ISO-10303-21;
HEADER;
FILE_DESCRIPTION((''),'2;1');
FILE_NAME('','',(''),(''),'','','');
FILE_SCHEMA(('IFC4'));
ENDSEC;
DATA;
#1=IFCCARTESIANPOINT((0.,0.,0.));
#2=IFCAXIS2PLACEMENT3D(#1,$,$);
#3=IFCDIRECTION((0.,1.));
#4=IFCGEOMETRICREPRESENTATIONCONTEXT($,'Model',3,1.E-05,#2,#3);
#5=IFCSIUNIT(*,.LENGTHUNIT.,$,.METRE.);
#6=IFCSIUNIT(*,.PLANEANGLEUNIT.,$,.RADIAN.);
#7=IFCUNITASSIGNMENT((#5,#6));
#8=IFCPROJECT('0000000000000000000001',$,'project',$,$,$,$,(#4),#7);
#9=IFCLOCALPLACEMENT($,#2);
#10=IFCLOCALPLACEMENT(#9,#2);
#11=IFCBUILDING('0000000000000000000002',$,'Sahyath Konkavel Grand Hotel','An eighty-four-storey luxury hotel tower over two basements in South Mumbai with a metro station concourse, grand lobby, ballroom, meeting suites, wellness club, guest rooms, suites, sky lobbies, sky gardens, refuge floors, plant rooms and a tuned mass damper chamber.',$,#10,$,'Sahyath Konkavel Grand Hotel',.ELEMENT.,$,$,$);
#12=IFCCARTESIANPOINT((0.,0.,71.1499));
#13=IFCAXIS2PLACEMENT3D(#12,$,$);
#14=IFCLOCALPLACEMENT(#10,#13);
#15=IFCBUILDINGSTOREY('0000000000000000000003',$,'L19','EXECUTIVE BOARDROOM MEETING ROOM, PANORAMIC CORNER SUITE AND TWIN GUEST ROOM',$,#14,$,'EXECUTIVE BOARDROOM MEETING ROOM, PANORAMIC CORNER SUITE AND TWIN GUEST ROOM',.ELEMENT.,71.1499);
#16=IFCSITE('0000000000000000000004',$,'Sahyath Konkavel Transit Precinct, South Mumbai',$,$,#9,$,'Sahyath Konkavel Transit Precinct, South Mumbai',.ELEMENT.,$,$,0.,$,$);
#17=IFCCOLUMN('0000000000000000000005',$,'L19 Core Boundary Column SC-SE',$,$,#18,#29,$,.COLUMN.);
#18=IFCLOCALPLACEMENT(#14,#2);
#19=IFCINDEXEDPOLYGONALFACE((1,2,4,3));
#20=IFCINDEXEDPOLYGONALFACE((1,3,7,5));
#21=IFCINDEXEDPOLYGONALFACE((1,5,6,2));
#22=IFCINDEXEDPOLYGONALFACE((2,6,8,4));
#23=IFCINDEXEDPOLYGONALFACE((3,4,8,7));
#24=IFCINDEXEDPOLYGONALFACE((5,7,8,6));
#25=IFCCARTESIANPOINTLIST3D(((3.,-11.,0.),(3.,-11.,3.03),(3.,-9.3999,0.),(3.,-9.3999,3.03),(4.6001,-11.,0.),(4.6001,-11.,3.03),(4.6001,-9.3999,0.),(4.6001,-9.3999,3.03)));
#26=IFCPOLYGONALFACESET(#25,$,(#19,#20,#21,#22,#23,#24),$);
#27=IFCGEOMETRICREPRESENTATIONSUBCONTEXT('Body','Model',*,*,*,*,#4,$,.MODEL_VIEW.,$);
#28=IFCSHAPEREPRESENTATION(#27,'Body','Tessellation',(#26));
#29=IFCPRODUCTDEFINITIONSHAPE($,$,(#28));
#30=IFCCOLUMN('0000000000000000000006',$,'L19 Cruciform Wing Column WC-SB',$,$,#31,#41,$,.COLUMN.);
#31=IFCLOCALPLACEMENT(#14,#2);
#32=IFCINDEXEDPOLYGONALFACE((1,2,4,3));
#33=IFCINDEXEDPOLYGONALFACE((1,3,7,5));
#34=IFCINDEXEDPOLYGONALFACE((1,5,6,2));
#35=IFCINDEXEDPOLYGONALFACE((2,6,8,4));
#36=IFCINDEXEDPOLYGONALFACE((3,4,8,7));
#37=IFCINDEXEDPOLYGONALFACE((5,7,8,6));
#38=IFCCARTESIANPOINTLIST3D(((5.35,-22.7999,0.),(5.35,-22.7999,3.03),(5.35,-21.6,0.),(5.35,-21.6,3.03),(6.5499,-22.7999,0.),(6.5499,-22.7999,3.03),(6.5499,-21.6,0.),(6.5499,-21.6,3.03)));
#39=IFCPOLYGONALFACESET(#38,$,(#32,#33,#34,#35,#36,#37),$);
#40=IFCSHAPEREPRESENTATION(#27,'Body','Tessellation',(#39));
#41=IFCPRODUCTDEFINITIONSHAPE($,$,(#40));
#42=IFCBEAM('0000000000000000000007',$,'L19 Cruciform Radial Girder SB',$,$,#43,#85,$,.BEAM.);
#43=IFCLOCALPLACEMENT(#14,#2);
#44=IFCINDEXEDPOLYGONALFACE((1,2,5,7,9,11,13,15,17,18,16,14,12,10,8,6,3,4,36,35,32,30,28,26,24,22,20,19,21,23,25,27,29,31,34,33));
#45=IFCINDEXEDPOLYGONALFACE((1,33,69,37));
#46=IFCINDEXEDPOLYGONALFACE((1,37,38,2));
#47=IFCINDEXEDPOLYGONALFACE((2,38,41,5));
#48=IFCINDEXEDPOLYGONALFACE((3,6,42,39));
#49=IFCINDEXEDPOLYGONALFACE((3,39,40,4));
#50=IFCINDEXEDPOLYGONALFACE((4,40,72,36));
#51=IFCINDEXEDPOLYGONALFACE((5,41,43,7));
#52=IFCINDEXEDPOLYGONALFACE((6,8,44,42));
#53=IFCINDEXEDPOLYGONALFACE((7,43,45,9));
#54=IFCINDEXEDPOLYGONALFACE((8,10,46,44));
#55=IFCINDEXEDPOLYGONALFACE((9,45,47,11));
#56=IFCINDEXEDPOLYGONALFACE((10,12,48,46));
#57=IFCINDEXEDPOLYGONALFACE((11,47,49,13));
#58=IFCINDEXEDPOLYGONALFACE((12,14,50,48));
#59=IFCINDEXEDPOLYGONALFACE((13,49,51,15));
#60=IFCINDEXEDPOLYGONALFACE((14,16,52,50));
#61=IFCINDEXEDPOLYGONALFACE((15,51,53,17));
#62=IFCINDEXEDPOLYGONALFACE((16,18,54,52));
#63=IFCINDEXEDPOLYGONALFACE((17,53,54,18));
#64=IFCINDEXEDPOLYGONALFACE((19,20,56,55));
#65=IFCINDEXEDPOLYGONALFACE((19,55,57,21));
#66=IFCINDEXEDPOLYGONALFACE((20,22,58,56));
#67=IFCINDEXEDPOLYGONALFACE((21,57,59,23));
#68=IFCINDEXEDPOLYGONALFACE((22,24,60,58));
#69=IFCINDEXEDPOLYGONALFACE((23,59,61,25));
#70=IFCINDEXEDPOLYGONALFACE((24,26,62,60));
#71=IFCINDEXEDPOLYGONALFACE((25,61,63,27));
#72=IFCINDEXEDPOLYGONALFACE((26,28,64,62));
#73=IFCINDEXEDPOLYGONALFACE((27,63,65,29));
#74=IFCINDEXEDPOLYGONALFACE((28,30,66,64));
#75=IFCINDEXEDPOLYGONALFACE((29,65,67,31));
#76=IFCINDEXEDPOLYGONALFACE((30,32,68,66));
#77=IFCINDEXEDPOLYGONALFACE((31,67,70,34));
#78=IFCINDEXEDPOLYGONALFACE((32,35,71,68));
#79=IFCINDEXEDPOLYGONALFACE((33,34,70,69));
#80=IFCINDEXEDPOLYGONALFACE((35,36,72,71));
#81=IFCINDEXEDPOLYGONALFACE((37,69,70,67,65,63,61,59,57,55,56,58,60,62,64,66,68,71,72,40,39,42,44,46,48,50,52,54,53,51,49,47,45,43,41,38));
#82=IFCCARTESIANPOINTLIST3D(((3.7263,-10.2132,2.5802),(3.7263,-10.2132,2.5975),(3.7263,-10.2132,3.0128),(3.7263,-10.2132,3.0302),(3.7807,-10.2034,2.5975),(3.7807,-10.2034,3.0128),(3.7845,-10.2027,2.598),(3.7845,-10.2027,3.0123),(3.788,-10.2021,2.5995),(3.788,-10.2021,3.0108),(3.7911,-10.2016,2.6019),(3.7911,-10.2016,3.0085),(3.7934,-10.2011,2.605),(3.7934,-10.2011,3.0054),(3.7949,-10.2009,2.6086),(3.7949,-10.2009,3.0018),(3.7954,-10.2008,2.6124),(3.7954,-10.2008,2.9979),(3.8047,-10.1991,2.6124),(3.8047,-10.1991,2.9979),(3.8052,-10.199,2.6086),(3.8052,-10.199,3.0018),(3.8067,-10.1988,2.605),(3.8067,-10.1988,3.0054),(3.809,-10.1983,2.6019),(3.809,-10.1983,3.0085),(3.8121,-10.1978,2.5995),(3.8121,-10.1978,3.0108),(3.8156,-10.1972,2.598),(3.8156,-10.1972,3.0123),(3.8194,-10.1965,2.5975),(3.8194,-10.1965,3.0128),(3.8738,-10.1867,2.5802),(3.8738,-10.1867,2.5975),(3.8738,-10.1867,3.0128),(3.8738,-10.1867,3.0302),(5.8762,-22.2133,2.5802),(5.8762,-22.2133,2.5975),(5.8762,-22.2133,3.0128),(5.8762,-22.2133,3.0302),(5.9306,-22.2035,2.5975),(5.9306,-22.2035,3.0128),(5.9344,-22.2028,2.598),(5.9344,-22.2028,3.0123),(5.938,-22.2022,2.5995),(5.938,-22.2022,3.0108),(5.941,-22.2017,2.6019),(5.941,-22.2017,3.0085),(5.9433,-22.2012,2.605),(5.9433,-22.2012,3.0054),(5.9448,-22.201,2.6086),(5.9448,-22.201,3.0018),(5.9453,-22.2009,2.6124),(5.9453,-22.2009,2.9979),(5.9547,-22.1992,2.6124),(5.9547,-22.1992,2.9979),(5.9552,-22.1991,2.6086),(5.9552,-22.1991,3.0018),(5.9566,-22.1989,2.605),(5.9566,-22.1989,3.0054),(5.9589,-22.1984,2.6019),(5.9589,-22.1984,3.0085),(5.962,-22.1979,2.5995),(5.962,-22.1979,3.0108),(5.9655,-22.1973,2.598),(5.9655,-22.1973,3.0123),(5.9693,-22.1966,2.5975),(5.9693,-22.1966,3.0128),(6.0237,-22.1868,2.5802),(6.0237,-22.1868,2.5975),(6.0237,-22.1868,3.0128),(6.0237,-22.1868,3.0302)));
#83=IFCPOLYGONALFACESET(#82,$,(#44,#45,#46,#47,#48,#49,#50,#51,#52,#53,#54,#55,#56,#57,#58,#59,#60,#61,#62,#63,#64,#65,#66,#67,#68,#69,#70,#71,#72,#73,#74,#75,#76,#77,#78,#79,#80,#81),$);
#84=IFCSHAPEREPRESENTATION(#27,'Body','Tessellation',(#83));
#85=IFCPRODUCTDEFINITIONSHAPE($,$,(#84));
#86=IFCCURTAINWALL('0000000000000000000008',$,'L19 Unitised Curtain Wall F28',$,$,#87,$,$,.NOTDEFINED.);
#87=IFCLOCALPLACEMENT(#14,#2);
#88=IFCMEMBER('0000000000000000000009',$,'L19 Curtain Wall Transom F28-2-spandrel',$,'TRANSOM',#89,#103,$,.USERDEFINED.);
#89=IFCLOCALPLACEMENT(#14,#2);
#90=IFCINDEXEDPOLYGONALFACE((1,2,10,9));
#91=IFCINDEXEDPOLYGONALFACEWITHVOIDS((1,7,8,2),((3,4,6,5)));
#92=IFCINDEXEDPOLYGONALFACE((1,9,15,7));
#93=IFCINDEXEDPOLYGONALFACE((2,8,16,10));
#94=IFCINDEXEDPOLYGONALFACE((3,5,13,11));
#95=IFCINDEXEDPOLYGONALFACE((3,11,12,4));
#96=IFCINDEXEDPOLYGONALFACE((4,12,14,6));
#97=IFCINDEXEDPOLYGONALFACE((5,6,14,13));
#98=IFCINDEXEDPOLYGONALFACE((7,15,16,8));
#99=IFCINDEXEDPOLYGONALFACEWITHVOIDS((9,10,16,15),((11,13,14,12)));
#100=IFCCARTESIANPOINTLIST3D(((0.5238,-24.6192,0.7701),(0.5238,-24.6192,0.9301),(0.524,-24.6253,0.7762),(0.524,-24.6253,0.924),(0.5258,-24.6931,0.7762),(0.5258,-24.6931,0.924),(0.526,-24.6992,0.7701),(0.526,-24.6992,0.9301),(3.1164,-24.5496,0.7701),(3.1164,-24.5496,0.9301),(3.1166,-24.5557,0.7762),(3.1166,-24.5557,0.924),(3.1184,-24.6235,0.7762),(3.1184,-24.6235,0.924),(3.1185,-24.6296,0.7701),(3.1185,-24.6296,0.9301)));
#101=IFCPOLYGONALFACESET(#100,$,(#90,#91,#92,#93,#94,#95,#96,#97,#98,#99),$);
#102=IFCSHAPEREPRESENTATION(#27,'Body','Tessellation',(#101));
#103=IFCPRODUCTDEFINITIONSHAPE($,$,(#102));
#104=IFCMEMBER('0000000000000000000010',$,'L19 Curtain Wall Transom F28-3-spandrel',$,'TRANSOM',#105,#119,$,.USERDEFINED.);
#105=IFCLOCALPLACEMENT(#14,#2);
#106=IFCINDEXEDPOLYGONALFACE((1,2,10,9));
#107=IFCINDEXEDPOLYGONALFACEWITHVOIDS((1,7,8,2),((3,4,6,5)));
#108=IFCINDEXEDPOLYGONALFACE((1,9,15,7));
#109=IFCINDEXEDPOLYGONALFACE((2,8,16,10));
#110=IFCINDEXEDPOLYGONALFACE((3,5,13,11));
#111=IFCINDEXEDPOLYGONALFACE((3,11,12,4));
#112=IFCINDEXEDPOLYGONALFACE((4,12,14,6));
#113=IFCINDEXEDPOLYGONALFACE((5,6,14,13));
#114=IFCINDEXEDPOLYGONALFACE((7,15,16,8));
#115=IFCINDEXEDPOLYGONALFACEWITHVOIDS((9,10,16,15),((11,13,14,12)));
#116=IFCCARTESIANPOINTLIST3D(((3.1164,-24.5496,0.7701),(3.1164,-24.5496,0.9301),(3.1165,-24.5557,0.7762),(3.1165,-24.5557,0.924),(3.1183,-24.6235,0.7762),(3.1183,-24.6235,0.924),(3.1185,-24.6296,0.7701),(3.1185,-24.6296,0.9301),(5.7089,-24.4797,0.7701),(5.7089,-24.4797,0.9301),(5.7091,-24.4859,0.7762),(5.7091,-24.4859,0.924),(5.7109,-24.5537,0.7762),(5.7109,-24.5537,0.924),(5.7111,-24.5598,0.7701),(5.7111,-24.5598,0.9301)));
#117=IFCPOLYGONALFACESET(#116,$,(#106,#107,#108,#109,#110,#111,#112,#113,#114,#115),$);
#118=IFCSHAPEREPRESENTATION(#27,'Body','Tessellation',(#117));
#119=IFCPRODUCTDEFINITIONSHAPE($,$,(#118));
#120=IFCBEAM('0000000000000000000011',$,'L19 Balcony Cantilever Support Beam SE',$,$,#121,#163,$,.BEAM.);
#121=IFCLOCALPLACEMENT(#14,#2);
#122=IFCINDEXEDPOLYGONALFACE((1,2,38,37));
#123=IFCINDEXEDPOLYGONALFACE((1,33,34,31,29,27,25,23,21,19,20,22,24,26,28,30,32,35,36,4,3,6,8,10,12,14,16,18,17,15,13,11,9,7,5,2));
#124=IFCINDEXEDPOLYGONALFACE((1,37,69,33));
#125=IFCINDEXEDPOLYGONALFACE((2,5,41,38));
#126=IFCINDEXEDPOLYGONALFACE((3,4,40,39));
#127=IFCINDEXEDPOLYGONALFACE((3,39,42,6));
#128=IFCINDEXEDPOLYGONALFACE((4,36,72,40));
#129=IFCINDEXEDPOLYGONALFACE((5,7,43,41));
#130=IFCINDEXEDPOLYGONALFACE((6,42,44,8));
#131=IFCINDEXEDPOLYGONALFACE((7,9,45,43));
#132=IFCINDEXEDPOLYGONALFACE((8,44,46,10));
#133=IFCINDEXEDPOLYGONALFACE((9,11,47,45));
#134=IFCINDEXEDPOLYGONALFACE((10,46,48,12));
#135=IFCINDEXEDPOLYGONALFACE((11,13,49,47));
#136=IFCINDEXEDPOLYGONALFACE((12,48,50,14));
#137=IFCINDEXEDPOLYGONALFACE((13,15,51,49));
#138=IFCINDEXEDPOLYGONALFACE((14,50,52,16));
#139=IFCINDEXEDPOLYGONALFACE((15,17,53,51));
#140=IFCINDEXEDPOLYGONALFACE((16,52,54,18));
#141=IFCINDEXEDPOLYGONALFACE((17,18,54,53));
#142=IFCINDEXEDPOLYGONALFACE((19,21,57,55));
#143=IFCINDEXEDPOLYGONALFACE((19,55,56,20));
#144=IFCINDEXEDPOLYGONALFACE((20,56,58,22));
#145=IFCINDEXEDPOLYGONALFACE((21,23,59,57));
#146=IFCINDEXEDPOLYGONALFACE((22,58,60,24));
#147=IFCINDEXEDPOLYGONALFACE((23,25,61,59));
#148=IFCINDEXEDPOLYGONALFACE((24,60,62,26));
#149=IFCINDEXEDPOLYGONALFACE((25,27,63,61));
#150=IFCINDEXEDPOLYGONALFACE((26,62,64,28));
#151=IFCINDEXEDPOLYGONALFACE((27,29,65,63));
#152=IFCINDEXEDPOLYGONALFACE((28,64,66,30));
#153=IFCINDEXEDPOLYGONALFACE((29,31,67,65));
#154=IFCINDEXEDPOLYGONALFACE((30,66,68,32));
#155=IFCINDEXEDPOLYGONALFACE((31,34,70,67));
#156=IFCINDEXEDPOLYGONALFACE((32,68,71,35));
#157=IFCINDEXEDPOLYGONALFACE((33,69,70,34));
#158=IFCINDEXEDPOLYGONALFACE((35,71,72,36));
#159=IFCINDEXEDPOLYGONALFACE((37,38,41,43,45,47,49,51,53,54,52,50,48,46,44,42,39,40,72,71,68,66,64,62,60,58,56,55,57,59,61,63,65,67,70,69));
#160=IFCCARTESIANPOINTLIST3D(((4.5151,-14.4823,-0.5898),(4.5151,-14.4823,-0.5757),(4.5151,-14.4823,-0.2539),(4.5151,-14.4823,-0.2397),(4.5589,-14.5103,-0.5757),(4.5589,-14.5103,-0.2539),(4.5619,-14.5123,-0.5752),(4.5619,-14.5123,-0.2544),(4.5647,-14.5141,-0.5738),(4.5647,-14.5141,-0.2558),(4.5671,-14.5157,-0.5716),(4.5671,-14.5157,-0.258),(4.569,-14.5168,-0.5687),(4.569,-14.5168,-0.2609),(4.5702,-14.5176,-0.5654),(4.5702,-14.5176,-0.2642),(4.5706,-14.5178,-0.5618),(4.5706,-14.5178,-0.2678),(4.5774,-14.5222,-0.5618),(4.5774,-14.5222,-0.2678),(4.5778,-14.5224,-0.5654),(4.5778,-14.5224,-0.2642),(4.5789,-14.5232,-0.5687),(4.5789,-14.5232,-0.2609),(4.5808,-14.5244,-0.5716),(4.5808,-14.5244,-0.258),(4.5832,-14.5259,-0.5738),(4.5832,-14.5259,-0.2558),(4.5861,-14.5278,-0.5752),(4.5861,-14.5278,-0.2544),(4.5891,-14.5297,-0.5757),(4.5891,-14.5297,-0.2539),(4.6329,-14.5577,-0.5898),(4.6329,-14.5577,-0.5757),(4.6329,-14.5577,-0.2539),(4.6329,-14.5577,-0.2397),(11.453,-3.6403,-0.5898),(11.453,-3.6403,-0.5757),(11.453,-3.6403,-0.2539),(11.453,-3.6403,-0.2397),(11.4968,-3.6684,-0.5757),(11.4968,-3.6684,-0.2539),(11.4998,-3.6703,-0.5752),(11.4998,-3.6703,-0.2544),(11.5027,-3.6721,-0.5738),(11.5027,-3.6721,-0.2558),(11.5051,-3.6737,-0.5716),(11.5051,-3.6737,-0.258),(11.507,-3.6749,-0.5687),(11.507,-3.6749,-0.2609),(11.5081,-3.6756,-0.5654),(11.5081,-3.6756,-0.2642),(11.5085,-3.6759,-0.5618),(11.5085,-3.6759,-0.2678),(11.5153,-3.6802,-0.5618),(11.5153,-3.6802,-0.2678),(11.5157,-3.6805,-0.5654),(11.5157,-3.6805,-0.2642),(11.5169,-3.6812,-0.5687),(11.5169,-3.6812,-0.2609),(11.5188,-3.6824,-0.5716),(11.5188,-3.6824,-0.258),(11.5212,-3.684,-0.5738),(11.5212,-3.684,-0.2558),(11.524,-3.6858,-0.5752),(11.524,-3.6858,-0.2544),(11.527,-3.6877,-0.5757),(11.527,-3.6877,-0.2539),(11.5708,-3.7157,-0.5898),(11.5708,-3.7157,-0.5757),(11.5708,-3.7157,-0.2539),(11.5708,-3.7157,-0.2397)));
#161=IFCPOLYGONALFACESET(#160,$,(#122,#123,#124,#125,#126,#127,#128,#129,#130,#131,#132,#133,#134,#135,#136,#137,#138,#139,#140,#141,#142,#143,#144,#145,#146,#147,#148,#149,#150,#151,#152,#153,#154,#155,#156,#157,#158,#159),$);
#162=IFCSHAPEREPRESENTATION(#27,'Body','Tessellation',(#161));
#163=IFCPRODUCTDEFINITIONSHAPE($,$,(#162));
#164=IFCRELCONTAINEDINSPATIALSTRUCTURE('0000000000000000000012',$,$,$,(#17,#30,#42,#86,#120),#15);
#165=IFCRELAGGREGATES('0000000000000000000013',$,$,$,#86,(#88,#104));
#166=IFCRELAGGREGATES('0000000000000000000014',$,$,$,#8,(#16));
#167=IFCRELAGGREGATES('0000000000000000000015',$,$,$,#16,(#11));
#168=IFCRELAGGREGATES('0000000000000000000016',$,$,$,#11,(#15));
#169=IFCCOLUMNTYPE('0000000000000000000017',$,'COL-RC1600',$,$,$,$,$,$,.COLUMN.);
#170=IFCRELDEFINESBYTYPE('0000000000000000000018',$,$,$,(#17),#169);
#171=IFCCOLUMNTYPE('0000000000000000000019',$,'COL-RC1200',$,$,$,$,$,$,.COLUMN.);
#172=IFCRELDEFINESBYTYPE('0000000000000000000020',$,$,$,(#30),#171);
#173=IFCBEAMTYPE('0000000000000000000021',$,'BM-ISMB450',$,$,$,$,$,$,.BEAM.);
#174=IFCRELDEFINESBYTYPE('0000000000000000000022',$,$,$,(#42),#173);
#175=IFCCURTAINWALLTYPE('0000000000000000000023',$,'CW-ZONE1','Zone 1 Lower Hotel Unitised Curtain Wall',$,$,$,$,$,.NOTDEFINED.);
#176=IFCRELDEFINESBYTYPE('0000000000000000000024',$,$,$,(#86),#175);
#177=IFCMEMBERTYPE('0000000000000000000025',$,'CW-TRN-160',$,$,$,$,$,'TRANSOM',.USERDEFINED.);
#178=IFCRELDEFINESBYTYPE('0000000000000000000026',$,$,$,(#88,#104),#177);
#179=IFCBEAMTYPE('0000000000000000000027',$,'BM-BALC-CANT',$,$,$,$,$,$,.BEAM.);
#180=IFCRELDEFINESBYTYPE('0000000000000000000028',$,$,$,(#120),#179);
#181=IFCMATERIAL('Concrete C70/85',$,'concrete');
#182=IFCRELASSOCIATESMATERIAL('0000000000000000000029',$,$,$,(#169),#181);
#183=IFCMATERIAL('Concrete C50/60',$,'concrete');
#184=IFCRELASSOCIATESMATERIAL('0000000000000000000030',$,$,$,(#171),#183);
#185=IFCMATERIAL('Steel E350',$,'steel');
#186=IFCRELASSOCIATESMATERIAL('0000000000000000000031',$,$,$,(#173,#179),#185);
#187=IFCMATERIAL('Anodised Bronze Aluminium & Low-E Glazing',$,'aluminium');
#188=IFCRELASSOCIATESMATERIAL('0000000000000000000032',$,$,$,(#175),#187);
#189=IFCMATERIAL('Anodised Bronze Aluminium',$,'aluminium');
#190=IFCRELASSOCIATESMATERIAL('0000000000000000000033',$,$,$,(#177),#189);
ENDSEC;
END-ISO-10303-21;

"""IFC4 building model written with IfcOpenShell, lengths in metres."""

from ifc_helpers import new_model, si_unit, direction, frame, origin, origin_2d, place, context, subcontext, project, spatial, rectangle, hollow_rectangle, i_section, extrude, source, transform, mapped, material, material_profile, profile_set, type_object, element, aggregate, save


model = new_model("IFC4")

# Units and contexts
model_context = context("Model", 3, precision=1e-05, world=origin(), true_north=direction((0.0, 1.0)))
body_context = subcontext(model_context, "Body", "Model", "MODEL_VIEW")
ifc_project = project(units=[si_unit("LENGTHUNIT", "METRE"), si_unit("PLANEANGLEUNIT", "RADIAN")], contexts=[model_context])

# Site, building, storey
site_placement = place(None, origin())
site = spatial("IfcSite", under=ifc_project, at=site_placement, Name="Sahyath Konkavel Transit Precinct, South Mumbai", LongName="Sahyath Konkavel Transit Precinct, South Mumbai", CompositionType="ELEMENT", RefElevation=0.0)
building_placement = place(site_placement, origin())
building = spatial("IfcBuilding", under=site, at=building_placement, Name="Sahyath Konkavel Grand Hotel", Description="An eighty-four-storey luxury hotel tower over two basements in South Mumbai with a metro station concourse, grand lobby, ballroom, meeting suites, wellness club, guest rooms, suites, sky lobbies, sky gardens, refuge floors, plant rooms and a tuned mass damper chamber.", LongName="Sahyath Konkavel Grand Hotel", CompositionType="ELEMENT")
storey_placement = place(building_placement, frame((0.0, 0.0, 71.1499)))
storey = spatial("IfcBuildingStorey", under=building, at=storey_placement, Name="L19", Description="EXECUTIVE BOARDROOM MEETING ROOM, PANORAMIC CORNER SUITE AND TWIN GUEST ROOM", LongName="EXECUTIVE BOARDROOM MEETING ROOM, PANORAMIC CORNER SUITE AND TWIN GUEST ROOM", CompositionType="ELEMENT", Elevation=71.1499)

# Columns
ifc_material_1 = material(Name="Concrete C70/85", Category="concrete")
ifc_material_profile_1 = material_profile(ifc_material_1, rectangle(XDim=1.6001, YDim=1.6001, at=origin_2d()), Name="RC 1600x1600")
ifc_profile_set_1 = profile_set([ifc_material_profile_1], Name="Concrete C70/85")
column_type_1 = type_object("IfcColumnType", Name="COL-RC1600", PredefinedType="COLUMN", material=ifc_profile_set_1)
shared_shape_1 = source(origin(), body_context, "Body", "SweptSolid", [
    extrude(rectangle(XDim=1.6001, YDim=1.6001, at=origin_2d()), origin(), (0.0, 0.0, 1.0), 3.03),
])
column_1_placement = place(storey_placement, frame((3.8, -10.2, 0.0), z_axis=(0.0, 0.0, 1.0), x_axis=(1.0, 0.0, 0.0)))
element("IfcColumn", 1, at=column_1_placement, inside=storey, type_object=column_type_1, Name="L19 Core Boundary Column SC-SE", PredefinedType="COLUMN", context=body_context, shape_type="MappedRepresentation", body=[
    mapped(shared_shape_1, transform((0.0, 0.0, 0.0), scale=1.0)),
])
ifc_material_2 = material(Name="Concrete C50/60", Category="concrete")
ifc_material_profile_2 = material_profile(ifc_material_2, rectangle(XDim=1.2, YDim=1.2, at=origin_2d()), Name="RC 1200x1200")
ifc_profile_set_2 = profile_set([ifc_material_profile_2], Name="Concrete C50/60")
column_type_2 = type_object("IfcColumnType", Name="COL-RC1200", PredefinedType="COLUMN", material=ifc_profile_set_2)
shared_shape_2 = source(origin(), body_context, "Body", "SweptSolid", [
    extrude(rectangle(XDim=1.2, YDim=1.2, at=origin_2d()), origin(), (0.0, 0.0, 1.0), 3.03),
])
column_2_placement = place(storey_placement, frame((5.95, -22.2, 0.0), z_axis=(0.0, 0.0, 1.0), x_axis=(1.0, 0.0, 0.0)))
element("IfcColumn", 2, at=column_2_placement, inside=storey, type_object=column_type_2, Name="L19 Cruciform Wing Column WC-SB", PredefinedType="COLUMN", context=body_context, shape_type="MappedRepresentation", body=[
    mapped(shared_shape_2, transform((0.0, 0.0, 0.0), scale=1.0)),
])

# Beam
ifc_material_3 = material(Name="Steel E350", Category="steel")
ifc_material_profile_3 = material_profile(ifc_material_3, i_section(OverallWidth=0.1499, OverallDepth=0.45, WebThickness=0.0095, FlangeThickness=0.0173, FilletRadius=0.0149, at=origin_2d()), Name="ISMB 450")
ifc_profile_set_3 = profile_set([ifc_material_profile_3], Name="Steel E350")
beam_type_1 = type_object("IfcBeamType", Name="BM-ISMB450", PredefinedType="BEAM", material=ifc_profile_set_3)
shared_shape_3 = source(origin(), body_context, "Body", "SweptSolid", [
    extrude(i_section(OverallWidth=0.1499, OverallDepth=0.45, WebThickness=0.0095, FlangeThickness=0.0173, FilletRadius=0.0149, at=origin_2d()), origin(), (0.0, 0.0, 1.0), 12.1912),
])
beam_1_placement = place(storey_placement, frame((3.8, -10.2, 2.8052), z_axis=(0.176351, -0.984327, 0.0), x_axis=(0.984327, 0.176351, 0.0)))
element("IfcBeam", 3, at=beam_1_placement, inside=storey, type_object=beam_type_1, Name="L19 Cruciform Radial Girder SB", PredefinedType="BEAM", context=body_context, shape_type="MappedRepresentation", body=[
    mapped(shared_shape_3, transform((0.0, 0.0, 0.0), scale=1.0)),
])

# Curtain wall, members
ifc_material_4 = material(Name="Anodised Bronze Aluminium & Low-E Glazing", Category="aluminium")
curtain_wall_type = type_object("IfcCurtainWallType", Name="CW-ZONE1", Description="Zone 1 Lower Hotel Unitised Curtain Wall", PredefinedType="NOTDEFINED", material=ifc_material_4)
curtain_wall_placement = place(storey_placement, origin())
curtain_wall = element("IfcCurtainWall", 4, at=curtain_wall_placement, inside=storey, type_object=curtain_wall_type, Name="L19 Unitised Curtain Wall F28", PredefinedType="NOTDEFINED")
ifc_material_5 = material(Name="Anodised Bronze Aluminium", Category="aluminium")
ifc_material_profile_4 = material_profile(ifc_material_5, hollow_rectangle(XDim=0.0801, YDim=0.1599, WallThickness=0.0061, at=origin_2d()), Name="RHS 160x80x6")
ifc_profile_set_4 = profile_set([ifc_material_profile_4], Name="Anodised Bronze Aluminium")
member_type_1 = type_object("IfcMemberType", Name="CW-TRN-160", ElementType="TRANSOM", PredefinedType="USERDEFINED", material=ifc_profile_set_4)
shared_shape_4 = source(origin(), body_context, "Body", "SweptSolid", [
    extrude(hollow_rectangle(XDim=0.0801, YDim=0.1599, WallThickness=0.0061, at=origin_2d()), origin(), (0.0, 0.0, 1.0), 2.5935),
])
member_1_placement = place(storey_placement, frame((0.5249, -24.6592, 0.8501), z_axis=(0.99964, 0.026829, 0.0), x_axis=(-0.026829, 0.99964, 0.0)))
member_1 = element("IfcMember", 5, at=member_1_placement, type_object=member_type_1, Name="L19 Curtain Wall Transom F28-2-spandrel", ObjectType="TRANSOM", PredefinedType="USERDEFINED", context=body_context, shape_type="MappedRepresentation", body=[
    mapped(shared_shape_4, transform((0.0, 0.0, 0.0), scale=1.0)),
])
member_2_placement = place(storey_placement, frame((3.1174, -24.5896, 0.8501), z_axis=(0.999638, 0.026923, 0.0), x_axis=(-0.026923, 0.999638, 0.0)))
member_2 = element("IfcMember", 6, at=member_2_placement, type_object=member_type_1, Name="L19 Curtain Wall Transom F28-3-spandrel", ObjectType="TRANSOM", PredefinedType="USERDEFINED", context=body_context, shape_type="MappedRepresentation", body=[
    mapped(shared_shape_4, transform((0.0, 0.0, 0.0), scale=1.0)),
])

# Beam
ifc_material_profile_5 = material_profile(ifc_material_3, i_section(OverallWidth=0.1399, OverallDepth=0.3501, WebThickness=0.0081, FlangeThickness=0.0142, FilletRadius=0.0139, at=origin_2d()), Name="ISMB 350")
ifc_profile_set_5 = profile_set([ifc_material_profile_5], Name="Steel E350")
beam_type_2 = type_object("IfcBeamType", Name="BM-BALC-CANT", PredefinedType="BEAM", material=ifc_profile_set_5)
shared_shape_5 = source(origin(), body_context, "Body", "SweptSolid", [
    extrude(i_section(OverallWidth=0.1399, OverallDepth=0.3501, WebThickness=0.0081, FlangeThickness=0.0142, FilletRadius=0.0139, at=origin_2d()), origin(), (0.0, 0.0, 1.0), 12.8718),
])
beam_2_placement = place(storey_placement, frame((4.574, -14.52, -0.4148), z_axis=(0.539003, 0.842304, 0.0), x_axis=(-0.842304, 0.539003, 0.0)))
element("IfcBeam", 7, at=beam_2_placement, inside=storey, type_object=beam_type_2, Name="L19 Balcony Cantilever Support Beam SE", PredefinedType="BEAM", context=body_context, shape_type="MappedRepresentation", body=[
    mapped(shared_shape_5, transform((0.0, 0.0, 0.0), scale=1.0)),
])

aggregate(curtain_wall, [member_1, member_2])

save(model, "model.ifc")
